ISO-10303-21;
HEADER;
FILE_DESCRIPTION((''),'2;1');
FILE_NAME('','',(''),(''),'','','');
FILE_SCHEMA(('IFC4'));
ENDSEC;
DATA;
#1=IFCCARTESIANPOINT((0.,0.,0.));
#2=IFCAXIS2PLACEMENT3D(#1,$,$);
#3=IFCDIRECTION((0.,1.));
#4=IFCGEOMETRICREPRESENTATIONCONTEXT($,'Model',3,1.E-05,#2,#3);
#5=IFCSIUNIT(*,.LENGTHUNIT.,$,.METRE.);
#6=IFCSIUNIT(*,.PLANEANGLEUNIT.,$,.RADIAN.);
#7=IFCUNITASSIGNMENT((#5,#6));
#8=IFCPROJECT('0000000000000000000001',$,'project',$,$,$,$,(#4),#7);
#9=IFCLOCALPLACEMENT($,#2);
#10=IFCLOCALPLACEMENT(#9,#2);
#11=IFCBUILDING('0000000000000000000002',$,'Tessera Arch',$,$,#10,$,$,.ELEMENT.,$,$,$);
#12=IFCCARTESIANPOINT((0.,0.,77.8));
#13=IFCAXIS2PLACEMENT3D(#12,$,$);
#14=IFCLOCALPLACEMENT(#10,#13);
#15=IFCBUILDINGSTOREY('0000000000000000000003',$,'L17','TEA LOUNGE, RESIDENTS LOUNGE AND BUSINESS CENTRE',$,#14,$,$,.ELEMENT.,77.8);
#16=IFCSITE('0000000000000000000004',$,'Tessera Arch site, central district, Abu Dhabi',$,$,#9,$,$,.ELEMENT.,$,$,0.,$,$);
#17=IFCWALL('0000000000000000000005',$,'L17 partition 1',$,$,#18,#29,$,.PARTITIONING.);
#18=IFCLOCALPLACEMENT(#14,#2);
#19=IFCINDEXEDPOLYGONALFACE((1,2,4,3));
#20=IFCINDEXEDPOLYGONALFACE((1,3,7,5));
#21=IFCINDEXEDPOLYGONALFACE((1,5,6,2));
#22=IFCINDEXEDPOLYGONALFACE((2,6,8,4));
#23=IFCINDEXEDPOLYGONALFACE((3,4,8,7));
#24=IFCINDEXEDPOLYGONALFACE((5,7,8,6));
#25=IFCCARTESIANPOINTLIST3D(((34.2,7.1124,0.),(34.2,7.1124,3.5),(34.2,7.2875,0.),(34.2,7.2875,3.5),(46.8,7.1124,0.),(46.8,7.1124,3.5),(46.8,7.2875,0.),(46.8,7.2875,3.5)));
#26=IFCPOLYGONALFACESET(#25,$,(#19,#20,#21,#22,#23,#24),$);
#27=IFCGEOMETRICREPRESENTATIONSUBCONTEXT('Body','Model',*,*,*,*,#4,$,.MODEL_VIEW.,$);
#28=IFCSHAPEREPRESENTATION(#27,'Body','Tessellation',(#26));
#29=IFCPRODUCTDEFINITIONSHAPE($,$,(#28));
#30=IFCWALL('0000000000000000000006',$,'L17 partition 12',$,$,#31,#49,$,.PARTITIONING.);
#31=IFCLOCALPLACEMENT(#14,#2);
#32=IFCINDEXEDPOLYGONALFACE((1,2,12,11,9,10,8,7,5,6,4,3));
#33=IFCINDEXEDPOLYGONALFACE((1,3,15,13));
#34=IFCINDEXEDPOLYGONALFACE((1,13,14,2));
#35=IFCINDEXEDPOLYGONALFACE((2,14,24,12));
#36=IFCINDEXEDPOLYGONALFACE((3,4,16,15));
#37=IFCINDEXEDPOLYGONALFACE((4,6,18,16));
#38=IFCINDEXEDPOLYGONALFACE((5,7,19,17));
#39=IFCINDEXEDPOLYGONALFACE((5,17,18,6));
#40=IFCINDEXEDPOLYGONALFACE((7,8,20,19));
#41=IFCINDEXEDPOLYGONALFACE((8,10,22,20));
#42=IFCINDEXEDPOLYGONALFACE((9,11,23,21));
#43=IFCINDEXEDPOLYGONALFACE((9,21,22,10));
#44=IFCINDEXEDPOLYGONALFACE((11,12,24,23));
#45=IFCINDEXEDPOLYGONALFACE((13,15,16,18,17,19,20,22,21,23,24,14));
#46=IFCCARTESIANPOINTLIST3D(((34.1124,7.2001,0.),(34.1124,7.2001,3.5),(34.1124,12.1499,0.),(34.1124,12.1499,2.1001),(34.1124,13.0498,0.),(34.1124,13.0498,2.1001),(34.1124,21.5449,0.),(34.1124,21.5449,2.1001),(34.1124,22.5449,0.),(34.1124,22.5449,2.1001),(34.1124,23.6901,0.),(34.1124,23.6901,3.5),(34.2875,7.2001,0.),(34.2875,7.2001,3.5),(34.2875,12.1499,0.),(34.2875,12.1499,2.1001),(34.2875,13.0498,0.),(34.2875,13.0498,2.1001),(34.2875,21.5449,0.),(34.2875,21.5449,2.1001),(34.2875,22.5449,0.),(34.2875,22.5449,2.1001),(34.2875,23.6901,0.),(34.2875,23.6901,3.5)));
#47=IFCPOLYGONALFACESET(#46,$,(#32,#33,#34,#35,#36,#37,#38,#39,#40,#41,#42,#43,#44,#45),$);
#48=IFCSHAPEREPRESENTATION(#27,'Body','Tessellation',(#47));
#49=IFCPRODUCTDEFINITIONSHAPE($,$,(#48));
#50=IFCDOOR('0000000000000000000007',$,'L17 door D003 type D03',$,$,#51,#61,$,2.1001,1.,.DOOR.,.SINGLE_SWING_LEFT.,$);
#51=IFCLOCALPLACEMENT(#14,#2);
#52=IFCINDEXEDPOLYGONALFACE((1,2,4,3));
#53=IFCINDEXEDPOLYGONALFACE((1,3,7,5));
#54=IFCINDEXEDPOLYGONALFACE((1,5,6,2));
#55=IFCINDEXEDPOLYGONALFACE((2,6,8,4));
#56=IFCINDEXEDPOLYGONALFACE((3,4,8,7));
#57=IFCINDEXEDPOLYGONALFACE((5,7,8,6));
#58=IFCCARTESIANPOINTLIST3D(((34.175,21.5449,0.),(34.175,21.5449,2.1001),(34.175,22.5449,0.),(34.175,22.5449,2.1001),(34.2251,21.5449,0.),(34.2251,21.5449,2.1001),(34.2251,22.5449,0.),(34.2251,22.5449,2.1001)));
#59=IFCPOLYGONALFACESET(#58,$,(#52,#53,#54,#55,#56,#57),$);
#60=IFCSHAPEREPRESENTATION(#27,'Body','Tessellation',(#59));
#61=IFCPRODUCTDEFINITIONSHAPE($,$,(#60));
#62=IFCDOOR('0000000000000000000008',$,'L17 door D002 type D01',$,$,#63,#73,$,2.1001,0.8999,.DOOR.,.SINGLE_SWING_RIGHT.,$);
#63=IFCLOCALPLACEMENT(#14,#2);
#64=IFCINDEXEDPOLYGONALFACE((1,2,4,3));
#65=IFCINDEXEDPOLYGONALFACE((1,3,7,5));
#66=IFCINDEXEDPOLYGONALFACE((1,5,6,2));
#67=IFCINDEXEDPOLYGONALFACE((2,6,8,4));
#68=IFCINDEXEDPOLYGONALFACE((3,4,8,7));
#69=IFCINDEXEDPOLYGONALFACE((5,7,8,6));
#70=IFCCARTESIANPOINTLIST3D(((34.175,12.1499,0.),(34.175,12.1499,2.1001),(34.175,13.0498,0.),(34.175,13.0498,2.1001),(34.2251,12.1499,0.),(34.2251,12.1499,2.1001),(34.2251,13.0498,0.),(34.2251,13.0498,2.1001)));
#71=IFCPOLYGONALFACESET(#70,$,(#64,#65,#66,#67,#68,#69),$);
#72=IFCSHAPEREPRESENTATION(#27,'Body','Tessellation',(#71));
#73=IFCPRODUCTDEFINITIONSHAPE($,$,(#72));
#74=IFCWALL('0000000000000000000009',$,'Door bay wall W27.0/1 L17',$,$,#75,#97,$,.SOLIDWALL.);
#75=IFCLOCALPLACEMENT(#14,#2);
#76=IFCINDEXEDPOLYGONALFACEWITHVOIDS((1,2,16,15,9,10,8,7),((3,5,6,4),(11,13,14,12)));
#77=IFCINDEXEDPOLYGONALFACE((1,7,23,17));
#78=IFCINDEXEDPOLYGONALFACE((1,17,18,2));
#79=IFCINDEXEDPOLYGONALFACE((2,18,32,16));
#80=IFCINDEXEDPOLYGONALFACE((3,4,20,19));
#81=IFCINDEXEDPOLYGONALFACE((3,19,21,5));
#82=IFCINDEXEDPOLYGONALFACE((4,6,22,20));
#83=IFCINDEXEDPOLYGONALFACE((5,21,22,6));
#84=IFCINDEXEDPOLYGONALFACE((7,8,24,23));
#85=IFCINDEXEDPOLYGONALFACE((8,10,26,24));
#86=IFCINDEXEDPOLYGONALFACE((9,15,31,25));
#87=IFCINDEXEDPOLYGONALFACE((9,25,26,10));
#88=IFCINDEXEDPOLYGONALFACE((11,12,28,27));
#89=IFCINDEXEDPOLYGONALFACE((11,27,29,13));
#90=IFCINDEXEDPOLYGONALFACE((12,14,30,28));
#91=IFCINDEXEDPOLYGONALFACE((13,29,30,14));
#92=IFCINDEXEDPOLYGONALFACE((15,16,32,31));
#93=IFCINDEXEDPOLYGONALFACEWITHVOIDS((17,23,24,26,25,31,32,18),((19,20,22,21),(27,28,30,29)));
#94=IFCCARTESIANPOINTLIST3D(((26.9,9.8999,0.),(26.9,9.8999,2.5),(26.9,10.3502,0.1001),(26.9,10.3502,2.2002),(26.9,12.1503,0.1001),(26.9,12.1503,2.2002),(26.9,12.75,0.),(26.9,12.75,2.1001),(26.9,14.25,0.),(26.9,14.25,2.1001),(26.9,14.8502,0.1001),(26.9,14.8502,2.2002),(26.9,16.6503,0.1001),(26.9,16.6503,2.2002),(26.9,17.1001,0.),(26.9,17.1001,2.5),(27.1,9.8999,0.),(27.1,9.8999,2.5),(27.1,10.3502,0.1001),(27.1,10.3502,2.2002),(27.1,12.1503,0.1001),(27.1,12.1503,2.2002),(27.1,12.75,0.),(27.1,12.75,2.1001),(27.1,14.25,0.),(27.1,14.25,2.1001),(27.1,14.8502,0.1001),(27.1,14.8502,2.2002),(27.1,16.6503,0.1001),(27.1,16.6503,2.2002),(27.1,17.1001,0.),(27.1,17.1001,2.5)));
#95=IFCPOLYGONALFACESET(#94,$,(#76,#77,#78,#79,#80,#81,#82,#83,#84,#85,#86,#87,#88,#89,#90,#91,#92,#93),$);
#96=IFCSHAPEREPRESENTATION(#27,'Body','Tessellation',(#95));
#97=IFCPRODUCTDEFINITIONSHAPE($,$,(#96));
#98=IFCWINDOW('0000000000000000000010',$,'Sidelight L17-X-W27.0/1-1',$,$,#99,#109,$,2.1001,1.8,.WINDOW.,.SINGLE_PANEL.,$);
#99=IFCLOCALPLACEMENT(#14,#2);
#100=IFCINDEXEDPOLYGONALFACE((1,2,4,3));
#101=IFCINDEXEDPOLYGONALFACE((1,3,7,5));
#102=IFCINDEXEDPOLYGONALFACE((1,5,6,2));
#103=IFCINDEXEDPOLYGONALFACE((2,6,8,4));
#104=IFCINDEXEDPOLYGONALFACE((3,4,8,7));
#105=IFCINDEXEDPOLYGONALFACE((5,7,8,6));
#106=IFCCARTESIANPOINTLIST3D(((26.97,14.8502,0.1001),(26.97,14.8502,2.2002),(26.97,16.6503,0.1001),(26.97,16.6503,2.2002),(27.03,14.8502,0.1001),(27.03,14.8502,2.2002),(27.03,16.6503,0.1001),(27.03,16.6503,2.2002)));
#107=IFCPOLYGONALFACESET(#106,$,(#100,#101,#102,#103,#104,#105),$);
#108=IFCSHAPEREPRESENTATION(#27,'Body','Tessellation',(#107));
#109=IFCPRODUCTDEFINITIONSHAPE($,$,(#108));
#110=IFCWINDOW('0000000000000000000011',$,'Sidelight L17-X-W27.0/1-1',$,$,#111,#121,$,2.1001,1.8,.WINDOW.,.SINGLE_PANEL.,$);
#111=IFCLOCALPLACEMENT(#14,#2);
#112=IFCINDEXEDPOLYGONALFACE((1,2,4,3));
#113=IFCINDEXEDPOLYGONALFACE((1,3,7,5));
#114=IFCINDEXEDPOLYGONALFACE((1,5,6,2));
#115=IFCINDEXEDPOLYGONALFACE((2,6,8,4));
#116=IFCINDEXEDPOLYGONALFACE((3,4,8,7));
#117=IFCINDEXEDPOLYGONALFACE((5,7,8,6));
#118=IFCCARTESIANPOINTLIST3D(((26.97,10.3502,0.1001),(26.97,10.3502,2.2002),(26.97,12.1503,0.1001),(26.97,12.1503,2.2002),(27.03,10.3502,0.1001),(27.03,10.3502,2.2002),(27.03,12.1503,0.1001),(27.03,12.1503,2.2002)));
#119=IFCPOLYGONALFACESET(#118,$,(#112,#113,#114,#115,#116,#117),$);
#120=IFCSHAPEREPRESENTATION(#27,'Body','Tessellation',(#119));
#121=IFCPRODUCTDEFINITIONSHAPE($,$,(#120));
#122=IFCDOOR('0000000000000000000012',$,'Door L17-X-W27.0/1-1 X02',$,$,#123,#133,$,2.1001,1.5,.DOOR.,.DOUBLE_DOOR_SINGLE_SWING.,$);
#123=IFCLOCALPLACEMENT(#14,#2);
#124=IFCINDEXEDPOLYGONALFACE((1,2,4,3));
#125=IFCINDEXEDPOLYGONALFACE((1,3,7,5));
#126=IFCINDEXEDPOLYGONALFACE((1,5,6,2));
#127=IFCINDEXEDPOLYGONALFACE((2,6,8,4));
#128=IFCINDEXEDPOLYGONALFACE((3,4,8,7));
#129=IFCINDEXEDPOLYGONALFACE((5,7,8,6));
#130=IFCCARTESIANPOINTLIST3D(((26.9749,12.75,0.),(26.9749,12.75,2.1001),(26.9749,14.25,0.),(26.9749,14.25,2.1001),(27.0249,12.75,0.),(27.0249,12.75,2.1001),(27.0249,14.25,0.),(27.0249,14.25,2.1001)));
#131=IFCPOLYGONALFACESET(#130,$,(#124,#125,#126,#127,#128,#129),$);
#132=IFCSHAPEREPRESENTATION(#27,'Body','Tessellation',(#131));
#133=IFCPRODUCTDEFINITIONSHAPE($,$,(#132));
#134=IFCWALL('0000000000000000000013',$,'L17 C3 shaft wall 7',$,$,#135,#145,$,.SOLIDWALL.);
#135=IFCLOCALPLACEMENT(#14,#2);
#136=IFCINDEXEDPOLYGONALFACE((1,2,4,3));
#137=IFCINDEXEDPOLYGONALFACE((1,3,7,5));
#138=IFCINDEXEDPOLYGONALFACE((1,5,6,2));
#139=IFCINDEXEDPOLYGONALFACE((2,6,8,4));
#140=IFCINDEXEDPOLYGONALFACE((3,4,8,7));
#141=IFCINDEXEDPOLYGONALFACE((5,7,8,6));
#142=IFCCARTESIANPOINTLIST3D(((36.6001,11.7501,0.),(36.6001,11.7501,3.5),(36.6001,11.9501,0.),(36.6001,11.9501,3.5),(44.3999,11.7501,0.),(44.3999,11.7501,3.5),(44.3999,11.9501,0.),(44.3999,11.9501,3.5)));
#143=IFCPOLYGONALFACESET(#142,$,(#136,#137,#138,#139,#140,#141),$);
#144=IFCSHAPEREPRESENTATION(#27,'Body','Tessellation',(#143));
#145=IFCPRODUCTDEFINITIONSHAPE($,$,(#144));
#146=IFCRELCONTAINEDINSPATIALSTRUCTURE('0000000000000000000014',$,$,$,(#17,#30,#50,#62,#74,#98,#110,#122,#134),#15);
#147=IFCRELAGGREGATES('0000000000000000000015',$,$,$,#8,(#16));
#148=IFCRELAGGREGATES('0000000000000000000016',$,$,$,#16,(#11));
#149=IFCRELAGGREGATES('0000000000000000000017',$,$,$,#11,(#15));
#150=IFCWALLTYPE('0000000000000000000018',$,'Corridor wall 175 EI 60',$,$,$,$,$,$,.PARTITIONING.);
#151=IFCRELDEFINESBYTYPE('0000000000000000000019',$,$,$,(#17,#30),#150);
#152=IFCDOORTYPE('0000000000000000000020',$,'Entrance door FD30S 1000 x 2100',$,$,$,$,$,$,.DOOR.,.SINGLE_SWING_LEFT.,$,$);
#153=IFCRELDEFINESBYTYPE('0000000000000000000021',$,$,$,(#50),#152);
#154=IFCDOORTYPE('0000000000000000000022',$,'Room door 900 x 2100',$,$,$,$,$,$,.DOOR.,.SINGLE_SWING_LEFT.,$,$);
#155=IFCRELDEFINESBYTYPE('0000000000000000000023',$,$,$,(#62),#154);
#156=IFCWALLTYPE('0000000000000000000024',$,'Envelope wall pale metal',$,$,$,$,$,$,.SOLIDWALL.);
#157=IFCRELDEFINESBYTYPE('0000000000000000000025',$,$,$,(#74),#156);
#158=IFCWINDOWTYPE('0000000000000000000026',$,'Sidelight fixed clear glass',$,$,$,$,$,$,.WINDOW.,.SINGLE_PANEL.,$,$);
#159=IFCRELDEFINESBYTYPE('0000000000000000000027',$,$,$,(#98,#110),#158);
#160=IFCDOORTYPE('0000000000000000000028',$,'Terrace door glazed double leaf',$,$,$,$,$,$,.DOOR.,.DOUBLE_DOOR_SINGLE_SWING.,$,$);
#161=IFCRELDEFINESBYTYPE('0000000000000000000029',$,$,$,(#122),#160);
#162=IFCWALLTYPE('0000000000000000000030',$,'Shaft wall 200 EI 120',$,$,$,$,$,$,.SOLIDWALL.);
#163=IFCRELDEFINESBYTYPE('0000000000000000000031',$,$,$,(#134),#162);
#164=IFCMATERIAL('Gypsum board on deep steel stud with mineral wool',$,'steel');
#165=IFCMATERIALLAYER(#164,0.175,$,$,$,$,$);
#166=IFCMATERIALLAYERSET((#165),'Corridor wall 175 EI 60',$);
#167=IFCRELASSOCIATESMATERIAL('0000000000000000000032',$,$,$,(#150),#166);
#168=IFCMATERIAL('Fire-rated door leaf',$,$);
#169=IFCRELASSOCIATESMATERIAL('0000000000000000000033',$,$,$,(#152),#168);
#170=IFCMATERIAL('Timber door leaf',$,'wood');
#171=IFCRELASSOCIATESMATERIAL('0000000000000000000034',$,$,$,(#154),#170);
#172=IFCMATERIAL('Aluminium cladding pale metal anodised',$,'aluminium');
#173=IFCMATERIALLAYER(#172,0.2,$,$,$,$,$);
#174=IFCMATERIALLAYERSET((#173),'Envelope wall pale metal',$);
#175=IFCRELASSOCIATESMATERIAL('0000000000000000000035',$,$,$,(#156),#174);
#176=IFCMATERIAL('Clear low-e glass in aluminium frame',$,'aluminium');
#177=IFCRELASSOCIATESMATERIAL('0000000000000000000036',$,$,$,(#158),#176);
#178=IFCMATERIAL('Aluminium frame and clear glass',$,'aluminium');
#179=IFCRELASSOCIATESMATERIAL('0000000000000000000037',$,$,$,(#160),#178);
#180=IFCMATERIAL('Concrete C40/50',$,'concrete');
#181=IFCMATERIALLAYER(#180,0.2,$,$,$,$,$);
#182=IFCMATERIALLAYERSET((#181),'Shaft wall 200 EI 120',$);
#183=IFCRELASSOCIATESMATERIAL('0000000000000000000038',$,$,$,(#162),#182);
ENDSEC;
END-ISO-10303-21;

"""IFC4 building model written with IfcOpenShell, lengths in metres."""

from ifc_helpers import new_model, si_unit, direction, frame, frame_2d, origin, place, context, subcontext, project, spatial, rectangle, extrude, material, layer, layer_set, type_object, element, fill, save


model = new_model("IFC4")

# Units and contexts
model_context = context("Model", 3, precision=1e-05, world=origin(), true_north=direction((0.0, 1.0)))
body_context = subcontext(model_context, "Body", "Model", "MODEL_VIEW")
ifc_project = project(units=[si_unit("LENGTHUNIT", "METRE"), si_unit("PLANEANGLEUNIT", "RADIAN")], contexts=[model_context])

# Site, building, storey
site_placement = place(None, origin())
site = spatial("IfcSite", under=ifc_project, at=site_placement, Name="Tessera Arch site, central district, Abu Dhabi", CompositionType="ELEMENT", RefElevation=0.0)
building_placement = place(site_placement, origin())
building = spatial("IfcBuilding", under=site, at=building_placement, Name="Tessera Arch", CompositionType="ELEMENT")
storey_placement = place(building_placement, frame((0.0, 0.0, 77.8)))
storey = spatial("IfcBuildingStorey", under=building, at=storey_placement, Name="L17", Description="TEA LOUNGE, RESIDENTS LOUNGE AND BUSINESS CENTRE", CompositionType="ELEMENT", Elevation=77.8)

# Wall
ifc_material_1 = material(Name="Gypsum board on deep steel stud with mineral wool", Category="steel")
ifc_layer_1 = layer(ifc_material_1, 0.175)
ifc_layer_set_1 = layer_set([ifc_layer_1], Name="Corridor wall 175 EI 60")
wall_type_1 = type_object("IfcWallType", Name="Corridor wall 175 EI 60", PredefinedType="PARTITIONING", material=ifc_layer_set_1)
wall_1_placement = place(storey_placement, frame((34.2, 7.2, 0.0), z_axis=(0.0, 0.0, 1.0), x_axis=(1.0, 0.0, 0.0)))
element("IfcWall", 1, at=wall_1_placement, inside=storey, type_object=wall_type_1, Name="L17 partition 1", PredefinedType="PARTITIONING", context=body_context, shape_type="SweptSolid", body=[
    extrude(rectangle(XDim=12.6001, YDim=0.175, at=frame_2d((6.3, 0.0))), origin(), (0.0, 0.0, 1.0), 3.5),
])

# Wall, openings, doors
wall_2_placement = place(storey_placement, frame((34.2, 7.2, 0.0), z_axis=(0.0, 0.0, 1.0), x_axis=(0.0, 1.0, 0.0)))
wall_2 = element("IfcWall", 2, at=wall_2_placement, inside=storey, type_object=wall_type_1, Name="L17 partition 12", PredefinedType="PARTITIONING", context=body_context, shape_type="SweptSolid", body=[
    extrude(rectangle(XDim=16.49, YDim=0.175, at=frame_2d((8.2451, 0.0))), origin(), (0.0, 0.0, 1.0), 3.5),
])
opening_1_placement = place(wall_2_placement, frame((4.95, 0.0, 0.0)))
opening_1 = element("IfcOpeningElement", 3, at=opening_1_placement, cuts=wall_2, PredefinedType="OPENING", context=body_context, shape_type="SweptSolid", body=[
    extrude(rectangle(XDim=0.8999, YDim=2.1001, at=frame_2d((0.45, 1.05))), frame((0.0, 0.0974, 0.0), z_axis=(0.0, -1.0, 0.0), x_axis=(1.0, 0.0, 0.0)), (0.0, 0.0, 1.0), 0.1951),
])
opening_2_placement = place(wall_2_placement, frame((14.345, 0.0, 0.0)))
opening_2 = element("IfcOpeningElement", 4, at=opening_2_placement, cuts=wall_2, PredefinedType="OPENING", context=body_context, shape_type="SweptSolid", body=[
    extrude(rectangle(XDim=1.0, YDim=2.1001, at=frame_2d((0.5, 1.05))), frame((0.0, 0.0974, 0.0), z_axis=(0.0, -1.0, 0.0), x_axis=(1.0, 0.0, 0.0)), (0.0, 0.0, 1.0), 0.1951),
])
ifc_material_2 = material(Name="Fire-rated door leaf")
door_type_1 = type_object("IfcDoorType", Name="Entrance door FD30S 1000 x 2100", OperationType="SINGLE_SWING_LEFT", PredefinedType="DOOR", material=ifc_material_2)
door_1_placement = place(opening_2_placement, origin())
door_1 = element("IfcDoor", 5, at=door_1_placement, inside=storey, type_object=door_type_1, Name="L17 door D003 type D03", OperationType="SINGLE_SWING_LEFT", OverallHeight=2.1001, OverallWidth=1.0, PredefinedType="DOOR", context=body_context, shape_type="SweptSolid", body=[
    extrude(rectangle(XDim=1.0, YDim=2.1001, at=frame_2d((0.5, 1.05))), frame((0.0, 0.0249, 0.0), z_axis=(0.0, -1.0, 0.0), x_axis=(1.0, 0.0, 0.0)), (0.0, 0.0, 1.0), 0.05),
])
fill(opening_2, door_1)
ifc_material_3 = material(Name="Timber door leaf", Category="wood")
door_type_2 = type_object("IfcDoorType", Name="Room door 900 x 2100", OperationType="SINGLE_SWING_LEFT", PredefinedType="DOOR", material=ifc_material_3)
door_2_placement = place(opening_1_placement, origin())
door_2 = element("IfcDoor", 6, at=door_2_placement, inside=storey, type_object=door_type_2, Name="L17 door D002 type D01", OperationType="SINGLE_SWING_RIGHT", OverallHeight=2.1001, OverallWidth=0.8999, PredefinedType="DOOR", context=body_context, shape_type="SweptSolid", body=[
    extrude(rectangle(XDim=0.8999, YDim=2.1001, at=frame_2d((0.45, 1.05))), frame((0.0, 0.0249, 0.0), z_axis=(0.0, -1.0, 0.0), x_axis=(1.0, 0.0, 0.0)), (0.0, 0.0, 1.0), 0.05),
])
fill(opening_1, door_2)

# Wall, openings, windows, door
ifc_material_4 = material(Name="Aluminium cladding pale metal anodised", Category="aluminium")
ifc_layer_2 = layer(ifc_material_4, 0.2)
ifc_layer_set_2 = layer_set([ifc_layer_2], Name="Envelope wall pale metal")
wall_type_2 = type_object("IfcWallType", Name="Envelope wall pale metal", PredefinedType="SOLIDWALL", material=ifc_layer_set_2)
wall_3_placement = place(storey_placement, frame((27.0, 17.1001, 0.0), z_axis=(0.0, 0.0, 1.0), x_axis=(0.0, -1.0, 0.0)))
wall_3 = element("IfcWall", 7, at=wall_3_placement, inside=storey, type_object=wall_type_2, Name="Door bay wall W27.0/1 L17", PredefinedType="SOLIDWALL", context=body_context, shape_type="SweptSolid", body=[
    extrude(rectangle(XDim=7.2002, YDim=0.2, at=frame_2d((3.6001, 0.0))), origin(), (0.0, 0.0, 1.0), 2.5),
])
opening_3_placement = place(wall_3_placement, frame((2.8501, 0.0, 0.0)))
opening_3 = element("IfcOpeningElement", 8, at=opening_3_placement, cuts=wall_3, PredefinedType="OPENING", context=body_context, shape_type="SweptSolid", body=[
    extrude(rectangle(XDim=1.5, YDim=2.1001, at=frame_2d((0.75, 1.05))), frame((0.0, 0.1099, 0.0), z_axis=(0.0, -1.0, 0.0), x_axis=(1.0, 0.0, 0.0)), (0.0, 0.0, 1.0), 0.22),
])
opening_4_placement = place(wall_3_placement, frame((0.45, 0.0, 0.1001)))
opening_4 = element("IfcOpeningElement", 9, at=opening_4_placement, cuts=wall_3, PredefinedType="OPENING", context=body_context, shape_type="SweptSolid", body=[
    extrude(rectangle(XDim=1.8, YDim=2.1001, at=frame_2d((0.8999, 1.05))), frame((0.0, 0.1099, 0.0), z_axis=(0.0, -1.0, 0.0), x_axis=(1.0, 0.0, 0.0)), (0.0, 0.0, 1.0), 0.22),
])
opening_5_placement = place(wall_3_placement, frame((4.95, 0.0, 0.1001)))
opening_5 = element("IfcOpeningElement", 10, at=opening_5_placement, cuts=wall_3, PredefinedType="OPENING", context=body_context, shape_type="SweptSolid", body=[
    extrude(rectangle(XDim=1.8, YDim=2.1001, at=frame_2d((0.8999, 1.05))), frame((0.0, 0.1099, 0.0), z_axis=(0.0, -1.0, 0.0), x_axis=(1.0, 0.0, 0.0)), (0.0, 0.0, 1.0), 0.22),
])
ifc_material_5 = material(Name="Clear low-e glass in aluminium frame", Category="aluminium")
window_type = type_object("IfcWindowType", Name="Sidelight fixed clear glass", PartitioningType="SINGLE_PANEL", PredefinedType="WINDOW", material=ifc_material_5)
window_1_placement = place(opening_4_placement, origin())
window_1 = element("IfcWindow", 11, at=window_1_placement, inside=storey, type_object=window_type, Name="Sidelight L17-X-W27.0/1-1", OverallHeight=2.1001, OverallWidth=1.8, PartitioningType="SINGLE_PANEL", PredefinedType="WINDOW", context=body_context, shape_type="SweptSolid", body=[
    extrude(rectangle(XDim=1.8, YDim=2.1001, at=frame_2d((0.8999, 1.05))), frame((0.0, 0.03, 0.0), z_axis=(0.0, -1.0, 0.0), x_axis=(1.0, 0.0, 0.0)), (0.0, 0.0, 1.0), 0.0601),
])
fill(opening_4, window_1)
window_2_placement = place(opening_5_placement, origin())
window_2 = element("IfcWindow", 12, at=window_2_placement, inside=storey, type_object=window_type, Name="Sidelight L17-X-W27.0/1-1", OverallHeight=2.1001, OverallWidth=1.8, PartitioningType="SINGLE_PANEL", PredefinedType="WINDOW", context=body_context, shape_type="SweptSolid", body=[
    extrude(rectangle(XDim=1.8, YDim=2.1001, at=frame_2d((0.8999, 1.05))), frame((0.0, 0.03, 0.0), z_axis=(0.0, -1.0, 0.0), x_axis=(1.0, 0.0, 0.0)), (0.0, 0.0, 1.0), 0.0601),
])
fill(opening_5, window_2)
ifc_material_6 = material(Name="Aluminium frame and clear glass", Category="aluminium")
door_type_3 = type_object("IfcDoorType", Name="Terrace door glazed double leaf", OperationType="DOUBLE_DOOR_SINGLE_SWING", PredefinedType="DOOR", material=ifc_material_6)
door_3_placement = place(opening_3_placement, origin())
door_3 = element("IfcDoor", 13, at=door_3_placement, inside=storey, type_object=door_type_3, Name="Door L17-X-W27.0/1-1 X02", OperationType="DOUBLE_DOOR_SINGLE_SWING", OverallHeight=2.1001, OverallWidth=1.5, PredefinedType="DOOR", context=body_context, shape_type="SweptSolid", body=[
    extrude(rectangle(XDim=1.5, YDim=2.1001, at=frame_2d((0.75, 1.05))), frame((0.0, 0.0249, 0.0), z_axis=(0.0, -1.0, 0.0), x_axis=(1.0, 0.0, 0.0)), (0.0, 0.0, 1.0), 0.05),
])
fill(opening_3, door_3)

# Wall
ifc_material_7 = material(Name="Concrete C40/50", Category="concrete")
ifc_layer_3 = layer(ifc_material_7, 0.2)
ifc_layer_set_3 = layer_set([ifc_layer_3], Name="Shaft wall 200 EI 120")
wall_type_3 = type_object("IfcWallType", Name="Shaft wall 200 EI 120", PredefinedType="SOLIDWALL", material=ifc_layer_set_3)
wall_4_placement = place(storey_placement, frame((36.6001, 11.8501, 0.0), z_axis=(0.0, 0.0, 1.0), x_axis=(1.0, 0.0, 0.0)))
element("IfcWall", 14, at=wall_4_placement, inside=storey, type_object=wall_type_3, Name="L17 C3 shaft wall 7", PredefinedType="SOLIDWALL", context=body_context, shape_type="SweptSolid", body=[
    extrude(rectangle(XDim=7.7998, YDim=0.2, at=frame_2d((3.8999, 0.0))), origin(), (0.0, 0.0, 1.0), 3.5),
])

save(model, "model.ifc")
